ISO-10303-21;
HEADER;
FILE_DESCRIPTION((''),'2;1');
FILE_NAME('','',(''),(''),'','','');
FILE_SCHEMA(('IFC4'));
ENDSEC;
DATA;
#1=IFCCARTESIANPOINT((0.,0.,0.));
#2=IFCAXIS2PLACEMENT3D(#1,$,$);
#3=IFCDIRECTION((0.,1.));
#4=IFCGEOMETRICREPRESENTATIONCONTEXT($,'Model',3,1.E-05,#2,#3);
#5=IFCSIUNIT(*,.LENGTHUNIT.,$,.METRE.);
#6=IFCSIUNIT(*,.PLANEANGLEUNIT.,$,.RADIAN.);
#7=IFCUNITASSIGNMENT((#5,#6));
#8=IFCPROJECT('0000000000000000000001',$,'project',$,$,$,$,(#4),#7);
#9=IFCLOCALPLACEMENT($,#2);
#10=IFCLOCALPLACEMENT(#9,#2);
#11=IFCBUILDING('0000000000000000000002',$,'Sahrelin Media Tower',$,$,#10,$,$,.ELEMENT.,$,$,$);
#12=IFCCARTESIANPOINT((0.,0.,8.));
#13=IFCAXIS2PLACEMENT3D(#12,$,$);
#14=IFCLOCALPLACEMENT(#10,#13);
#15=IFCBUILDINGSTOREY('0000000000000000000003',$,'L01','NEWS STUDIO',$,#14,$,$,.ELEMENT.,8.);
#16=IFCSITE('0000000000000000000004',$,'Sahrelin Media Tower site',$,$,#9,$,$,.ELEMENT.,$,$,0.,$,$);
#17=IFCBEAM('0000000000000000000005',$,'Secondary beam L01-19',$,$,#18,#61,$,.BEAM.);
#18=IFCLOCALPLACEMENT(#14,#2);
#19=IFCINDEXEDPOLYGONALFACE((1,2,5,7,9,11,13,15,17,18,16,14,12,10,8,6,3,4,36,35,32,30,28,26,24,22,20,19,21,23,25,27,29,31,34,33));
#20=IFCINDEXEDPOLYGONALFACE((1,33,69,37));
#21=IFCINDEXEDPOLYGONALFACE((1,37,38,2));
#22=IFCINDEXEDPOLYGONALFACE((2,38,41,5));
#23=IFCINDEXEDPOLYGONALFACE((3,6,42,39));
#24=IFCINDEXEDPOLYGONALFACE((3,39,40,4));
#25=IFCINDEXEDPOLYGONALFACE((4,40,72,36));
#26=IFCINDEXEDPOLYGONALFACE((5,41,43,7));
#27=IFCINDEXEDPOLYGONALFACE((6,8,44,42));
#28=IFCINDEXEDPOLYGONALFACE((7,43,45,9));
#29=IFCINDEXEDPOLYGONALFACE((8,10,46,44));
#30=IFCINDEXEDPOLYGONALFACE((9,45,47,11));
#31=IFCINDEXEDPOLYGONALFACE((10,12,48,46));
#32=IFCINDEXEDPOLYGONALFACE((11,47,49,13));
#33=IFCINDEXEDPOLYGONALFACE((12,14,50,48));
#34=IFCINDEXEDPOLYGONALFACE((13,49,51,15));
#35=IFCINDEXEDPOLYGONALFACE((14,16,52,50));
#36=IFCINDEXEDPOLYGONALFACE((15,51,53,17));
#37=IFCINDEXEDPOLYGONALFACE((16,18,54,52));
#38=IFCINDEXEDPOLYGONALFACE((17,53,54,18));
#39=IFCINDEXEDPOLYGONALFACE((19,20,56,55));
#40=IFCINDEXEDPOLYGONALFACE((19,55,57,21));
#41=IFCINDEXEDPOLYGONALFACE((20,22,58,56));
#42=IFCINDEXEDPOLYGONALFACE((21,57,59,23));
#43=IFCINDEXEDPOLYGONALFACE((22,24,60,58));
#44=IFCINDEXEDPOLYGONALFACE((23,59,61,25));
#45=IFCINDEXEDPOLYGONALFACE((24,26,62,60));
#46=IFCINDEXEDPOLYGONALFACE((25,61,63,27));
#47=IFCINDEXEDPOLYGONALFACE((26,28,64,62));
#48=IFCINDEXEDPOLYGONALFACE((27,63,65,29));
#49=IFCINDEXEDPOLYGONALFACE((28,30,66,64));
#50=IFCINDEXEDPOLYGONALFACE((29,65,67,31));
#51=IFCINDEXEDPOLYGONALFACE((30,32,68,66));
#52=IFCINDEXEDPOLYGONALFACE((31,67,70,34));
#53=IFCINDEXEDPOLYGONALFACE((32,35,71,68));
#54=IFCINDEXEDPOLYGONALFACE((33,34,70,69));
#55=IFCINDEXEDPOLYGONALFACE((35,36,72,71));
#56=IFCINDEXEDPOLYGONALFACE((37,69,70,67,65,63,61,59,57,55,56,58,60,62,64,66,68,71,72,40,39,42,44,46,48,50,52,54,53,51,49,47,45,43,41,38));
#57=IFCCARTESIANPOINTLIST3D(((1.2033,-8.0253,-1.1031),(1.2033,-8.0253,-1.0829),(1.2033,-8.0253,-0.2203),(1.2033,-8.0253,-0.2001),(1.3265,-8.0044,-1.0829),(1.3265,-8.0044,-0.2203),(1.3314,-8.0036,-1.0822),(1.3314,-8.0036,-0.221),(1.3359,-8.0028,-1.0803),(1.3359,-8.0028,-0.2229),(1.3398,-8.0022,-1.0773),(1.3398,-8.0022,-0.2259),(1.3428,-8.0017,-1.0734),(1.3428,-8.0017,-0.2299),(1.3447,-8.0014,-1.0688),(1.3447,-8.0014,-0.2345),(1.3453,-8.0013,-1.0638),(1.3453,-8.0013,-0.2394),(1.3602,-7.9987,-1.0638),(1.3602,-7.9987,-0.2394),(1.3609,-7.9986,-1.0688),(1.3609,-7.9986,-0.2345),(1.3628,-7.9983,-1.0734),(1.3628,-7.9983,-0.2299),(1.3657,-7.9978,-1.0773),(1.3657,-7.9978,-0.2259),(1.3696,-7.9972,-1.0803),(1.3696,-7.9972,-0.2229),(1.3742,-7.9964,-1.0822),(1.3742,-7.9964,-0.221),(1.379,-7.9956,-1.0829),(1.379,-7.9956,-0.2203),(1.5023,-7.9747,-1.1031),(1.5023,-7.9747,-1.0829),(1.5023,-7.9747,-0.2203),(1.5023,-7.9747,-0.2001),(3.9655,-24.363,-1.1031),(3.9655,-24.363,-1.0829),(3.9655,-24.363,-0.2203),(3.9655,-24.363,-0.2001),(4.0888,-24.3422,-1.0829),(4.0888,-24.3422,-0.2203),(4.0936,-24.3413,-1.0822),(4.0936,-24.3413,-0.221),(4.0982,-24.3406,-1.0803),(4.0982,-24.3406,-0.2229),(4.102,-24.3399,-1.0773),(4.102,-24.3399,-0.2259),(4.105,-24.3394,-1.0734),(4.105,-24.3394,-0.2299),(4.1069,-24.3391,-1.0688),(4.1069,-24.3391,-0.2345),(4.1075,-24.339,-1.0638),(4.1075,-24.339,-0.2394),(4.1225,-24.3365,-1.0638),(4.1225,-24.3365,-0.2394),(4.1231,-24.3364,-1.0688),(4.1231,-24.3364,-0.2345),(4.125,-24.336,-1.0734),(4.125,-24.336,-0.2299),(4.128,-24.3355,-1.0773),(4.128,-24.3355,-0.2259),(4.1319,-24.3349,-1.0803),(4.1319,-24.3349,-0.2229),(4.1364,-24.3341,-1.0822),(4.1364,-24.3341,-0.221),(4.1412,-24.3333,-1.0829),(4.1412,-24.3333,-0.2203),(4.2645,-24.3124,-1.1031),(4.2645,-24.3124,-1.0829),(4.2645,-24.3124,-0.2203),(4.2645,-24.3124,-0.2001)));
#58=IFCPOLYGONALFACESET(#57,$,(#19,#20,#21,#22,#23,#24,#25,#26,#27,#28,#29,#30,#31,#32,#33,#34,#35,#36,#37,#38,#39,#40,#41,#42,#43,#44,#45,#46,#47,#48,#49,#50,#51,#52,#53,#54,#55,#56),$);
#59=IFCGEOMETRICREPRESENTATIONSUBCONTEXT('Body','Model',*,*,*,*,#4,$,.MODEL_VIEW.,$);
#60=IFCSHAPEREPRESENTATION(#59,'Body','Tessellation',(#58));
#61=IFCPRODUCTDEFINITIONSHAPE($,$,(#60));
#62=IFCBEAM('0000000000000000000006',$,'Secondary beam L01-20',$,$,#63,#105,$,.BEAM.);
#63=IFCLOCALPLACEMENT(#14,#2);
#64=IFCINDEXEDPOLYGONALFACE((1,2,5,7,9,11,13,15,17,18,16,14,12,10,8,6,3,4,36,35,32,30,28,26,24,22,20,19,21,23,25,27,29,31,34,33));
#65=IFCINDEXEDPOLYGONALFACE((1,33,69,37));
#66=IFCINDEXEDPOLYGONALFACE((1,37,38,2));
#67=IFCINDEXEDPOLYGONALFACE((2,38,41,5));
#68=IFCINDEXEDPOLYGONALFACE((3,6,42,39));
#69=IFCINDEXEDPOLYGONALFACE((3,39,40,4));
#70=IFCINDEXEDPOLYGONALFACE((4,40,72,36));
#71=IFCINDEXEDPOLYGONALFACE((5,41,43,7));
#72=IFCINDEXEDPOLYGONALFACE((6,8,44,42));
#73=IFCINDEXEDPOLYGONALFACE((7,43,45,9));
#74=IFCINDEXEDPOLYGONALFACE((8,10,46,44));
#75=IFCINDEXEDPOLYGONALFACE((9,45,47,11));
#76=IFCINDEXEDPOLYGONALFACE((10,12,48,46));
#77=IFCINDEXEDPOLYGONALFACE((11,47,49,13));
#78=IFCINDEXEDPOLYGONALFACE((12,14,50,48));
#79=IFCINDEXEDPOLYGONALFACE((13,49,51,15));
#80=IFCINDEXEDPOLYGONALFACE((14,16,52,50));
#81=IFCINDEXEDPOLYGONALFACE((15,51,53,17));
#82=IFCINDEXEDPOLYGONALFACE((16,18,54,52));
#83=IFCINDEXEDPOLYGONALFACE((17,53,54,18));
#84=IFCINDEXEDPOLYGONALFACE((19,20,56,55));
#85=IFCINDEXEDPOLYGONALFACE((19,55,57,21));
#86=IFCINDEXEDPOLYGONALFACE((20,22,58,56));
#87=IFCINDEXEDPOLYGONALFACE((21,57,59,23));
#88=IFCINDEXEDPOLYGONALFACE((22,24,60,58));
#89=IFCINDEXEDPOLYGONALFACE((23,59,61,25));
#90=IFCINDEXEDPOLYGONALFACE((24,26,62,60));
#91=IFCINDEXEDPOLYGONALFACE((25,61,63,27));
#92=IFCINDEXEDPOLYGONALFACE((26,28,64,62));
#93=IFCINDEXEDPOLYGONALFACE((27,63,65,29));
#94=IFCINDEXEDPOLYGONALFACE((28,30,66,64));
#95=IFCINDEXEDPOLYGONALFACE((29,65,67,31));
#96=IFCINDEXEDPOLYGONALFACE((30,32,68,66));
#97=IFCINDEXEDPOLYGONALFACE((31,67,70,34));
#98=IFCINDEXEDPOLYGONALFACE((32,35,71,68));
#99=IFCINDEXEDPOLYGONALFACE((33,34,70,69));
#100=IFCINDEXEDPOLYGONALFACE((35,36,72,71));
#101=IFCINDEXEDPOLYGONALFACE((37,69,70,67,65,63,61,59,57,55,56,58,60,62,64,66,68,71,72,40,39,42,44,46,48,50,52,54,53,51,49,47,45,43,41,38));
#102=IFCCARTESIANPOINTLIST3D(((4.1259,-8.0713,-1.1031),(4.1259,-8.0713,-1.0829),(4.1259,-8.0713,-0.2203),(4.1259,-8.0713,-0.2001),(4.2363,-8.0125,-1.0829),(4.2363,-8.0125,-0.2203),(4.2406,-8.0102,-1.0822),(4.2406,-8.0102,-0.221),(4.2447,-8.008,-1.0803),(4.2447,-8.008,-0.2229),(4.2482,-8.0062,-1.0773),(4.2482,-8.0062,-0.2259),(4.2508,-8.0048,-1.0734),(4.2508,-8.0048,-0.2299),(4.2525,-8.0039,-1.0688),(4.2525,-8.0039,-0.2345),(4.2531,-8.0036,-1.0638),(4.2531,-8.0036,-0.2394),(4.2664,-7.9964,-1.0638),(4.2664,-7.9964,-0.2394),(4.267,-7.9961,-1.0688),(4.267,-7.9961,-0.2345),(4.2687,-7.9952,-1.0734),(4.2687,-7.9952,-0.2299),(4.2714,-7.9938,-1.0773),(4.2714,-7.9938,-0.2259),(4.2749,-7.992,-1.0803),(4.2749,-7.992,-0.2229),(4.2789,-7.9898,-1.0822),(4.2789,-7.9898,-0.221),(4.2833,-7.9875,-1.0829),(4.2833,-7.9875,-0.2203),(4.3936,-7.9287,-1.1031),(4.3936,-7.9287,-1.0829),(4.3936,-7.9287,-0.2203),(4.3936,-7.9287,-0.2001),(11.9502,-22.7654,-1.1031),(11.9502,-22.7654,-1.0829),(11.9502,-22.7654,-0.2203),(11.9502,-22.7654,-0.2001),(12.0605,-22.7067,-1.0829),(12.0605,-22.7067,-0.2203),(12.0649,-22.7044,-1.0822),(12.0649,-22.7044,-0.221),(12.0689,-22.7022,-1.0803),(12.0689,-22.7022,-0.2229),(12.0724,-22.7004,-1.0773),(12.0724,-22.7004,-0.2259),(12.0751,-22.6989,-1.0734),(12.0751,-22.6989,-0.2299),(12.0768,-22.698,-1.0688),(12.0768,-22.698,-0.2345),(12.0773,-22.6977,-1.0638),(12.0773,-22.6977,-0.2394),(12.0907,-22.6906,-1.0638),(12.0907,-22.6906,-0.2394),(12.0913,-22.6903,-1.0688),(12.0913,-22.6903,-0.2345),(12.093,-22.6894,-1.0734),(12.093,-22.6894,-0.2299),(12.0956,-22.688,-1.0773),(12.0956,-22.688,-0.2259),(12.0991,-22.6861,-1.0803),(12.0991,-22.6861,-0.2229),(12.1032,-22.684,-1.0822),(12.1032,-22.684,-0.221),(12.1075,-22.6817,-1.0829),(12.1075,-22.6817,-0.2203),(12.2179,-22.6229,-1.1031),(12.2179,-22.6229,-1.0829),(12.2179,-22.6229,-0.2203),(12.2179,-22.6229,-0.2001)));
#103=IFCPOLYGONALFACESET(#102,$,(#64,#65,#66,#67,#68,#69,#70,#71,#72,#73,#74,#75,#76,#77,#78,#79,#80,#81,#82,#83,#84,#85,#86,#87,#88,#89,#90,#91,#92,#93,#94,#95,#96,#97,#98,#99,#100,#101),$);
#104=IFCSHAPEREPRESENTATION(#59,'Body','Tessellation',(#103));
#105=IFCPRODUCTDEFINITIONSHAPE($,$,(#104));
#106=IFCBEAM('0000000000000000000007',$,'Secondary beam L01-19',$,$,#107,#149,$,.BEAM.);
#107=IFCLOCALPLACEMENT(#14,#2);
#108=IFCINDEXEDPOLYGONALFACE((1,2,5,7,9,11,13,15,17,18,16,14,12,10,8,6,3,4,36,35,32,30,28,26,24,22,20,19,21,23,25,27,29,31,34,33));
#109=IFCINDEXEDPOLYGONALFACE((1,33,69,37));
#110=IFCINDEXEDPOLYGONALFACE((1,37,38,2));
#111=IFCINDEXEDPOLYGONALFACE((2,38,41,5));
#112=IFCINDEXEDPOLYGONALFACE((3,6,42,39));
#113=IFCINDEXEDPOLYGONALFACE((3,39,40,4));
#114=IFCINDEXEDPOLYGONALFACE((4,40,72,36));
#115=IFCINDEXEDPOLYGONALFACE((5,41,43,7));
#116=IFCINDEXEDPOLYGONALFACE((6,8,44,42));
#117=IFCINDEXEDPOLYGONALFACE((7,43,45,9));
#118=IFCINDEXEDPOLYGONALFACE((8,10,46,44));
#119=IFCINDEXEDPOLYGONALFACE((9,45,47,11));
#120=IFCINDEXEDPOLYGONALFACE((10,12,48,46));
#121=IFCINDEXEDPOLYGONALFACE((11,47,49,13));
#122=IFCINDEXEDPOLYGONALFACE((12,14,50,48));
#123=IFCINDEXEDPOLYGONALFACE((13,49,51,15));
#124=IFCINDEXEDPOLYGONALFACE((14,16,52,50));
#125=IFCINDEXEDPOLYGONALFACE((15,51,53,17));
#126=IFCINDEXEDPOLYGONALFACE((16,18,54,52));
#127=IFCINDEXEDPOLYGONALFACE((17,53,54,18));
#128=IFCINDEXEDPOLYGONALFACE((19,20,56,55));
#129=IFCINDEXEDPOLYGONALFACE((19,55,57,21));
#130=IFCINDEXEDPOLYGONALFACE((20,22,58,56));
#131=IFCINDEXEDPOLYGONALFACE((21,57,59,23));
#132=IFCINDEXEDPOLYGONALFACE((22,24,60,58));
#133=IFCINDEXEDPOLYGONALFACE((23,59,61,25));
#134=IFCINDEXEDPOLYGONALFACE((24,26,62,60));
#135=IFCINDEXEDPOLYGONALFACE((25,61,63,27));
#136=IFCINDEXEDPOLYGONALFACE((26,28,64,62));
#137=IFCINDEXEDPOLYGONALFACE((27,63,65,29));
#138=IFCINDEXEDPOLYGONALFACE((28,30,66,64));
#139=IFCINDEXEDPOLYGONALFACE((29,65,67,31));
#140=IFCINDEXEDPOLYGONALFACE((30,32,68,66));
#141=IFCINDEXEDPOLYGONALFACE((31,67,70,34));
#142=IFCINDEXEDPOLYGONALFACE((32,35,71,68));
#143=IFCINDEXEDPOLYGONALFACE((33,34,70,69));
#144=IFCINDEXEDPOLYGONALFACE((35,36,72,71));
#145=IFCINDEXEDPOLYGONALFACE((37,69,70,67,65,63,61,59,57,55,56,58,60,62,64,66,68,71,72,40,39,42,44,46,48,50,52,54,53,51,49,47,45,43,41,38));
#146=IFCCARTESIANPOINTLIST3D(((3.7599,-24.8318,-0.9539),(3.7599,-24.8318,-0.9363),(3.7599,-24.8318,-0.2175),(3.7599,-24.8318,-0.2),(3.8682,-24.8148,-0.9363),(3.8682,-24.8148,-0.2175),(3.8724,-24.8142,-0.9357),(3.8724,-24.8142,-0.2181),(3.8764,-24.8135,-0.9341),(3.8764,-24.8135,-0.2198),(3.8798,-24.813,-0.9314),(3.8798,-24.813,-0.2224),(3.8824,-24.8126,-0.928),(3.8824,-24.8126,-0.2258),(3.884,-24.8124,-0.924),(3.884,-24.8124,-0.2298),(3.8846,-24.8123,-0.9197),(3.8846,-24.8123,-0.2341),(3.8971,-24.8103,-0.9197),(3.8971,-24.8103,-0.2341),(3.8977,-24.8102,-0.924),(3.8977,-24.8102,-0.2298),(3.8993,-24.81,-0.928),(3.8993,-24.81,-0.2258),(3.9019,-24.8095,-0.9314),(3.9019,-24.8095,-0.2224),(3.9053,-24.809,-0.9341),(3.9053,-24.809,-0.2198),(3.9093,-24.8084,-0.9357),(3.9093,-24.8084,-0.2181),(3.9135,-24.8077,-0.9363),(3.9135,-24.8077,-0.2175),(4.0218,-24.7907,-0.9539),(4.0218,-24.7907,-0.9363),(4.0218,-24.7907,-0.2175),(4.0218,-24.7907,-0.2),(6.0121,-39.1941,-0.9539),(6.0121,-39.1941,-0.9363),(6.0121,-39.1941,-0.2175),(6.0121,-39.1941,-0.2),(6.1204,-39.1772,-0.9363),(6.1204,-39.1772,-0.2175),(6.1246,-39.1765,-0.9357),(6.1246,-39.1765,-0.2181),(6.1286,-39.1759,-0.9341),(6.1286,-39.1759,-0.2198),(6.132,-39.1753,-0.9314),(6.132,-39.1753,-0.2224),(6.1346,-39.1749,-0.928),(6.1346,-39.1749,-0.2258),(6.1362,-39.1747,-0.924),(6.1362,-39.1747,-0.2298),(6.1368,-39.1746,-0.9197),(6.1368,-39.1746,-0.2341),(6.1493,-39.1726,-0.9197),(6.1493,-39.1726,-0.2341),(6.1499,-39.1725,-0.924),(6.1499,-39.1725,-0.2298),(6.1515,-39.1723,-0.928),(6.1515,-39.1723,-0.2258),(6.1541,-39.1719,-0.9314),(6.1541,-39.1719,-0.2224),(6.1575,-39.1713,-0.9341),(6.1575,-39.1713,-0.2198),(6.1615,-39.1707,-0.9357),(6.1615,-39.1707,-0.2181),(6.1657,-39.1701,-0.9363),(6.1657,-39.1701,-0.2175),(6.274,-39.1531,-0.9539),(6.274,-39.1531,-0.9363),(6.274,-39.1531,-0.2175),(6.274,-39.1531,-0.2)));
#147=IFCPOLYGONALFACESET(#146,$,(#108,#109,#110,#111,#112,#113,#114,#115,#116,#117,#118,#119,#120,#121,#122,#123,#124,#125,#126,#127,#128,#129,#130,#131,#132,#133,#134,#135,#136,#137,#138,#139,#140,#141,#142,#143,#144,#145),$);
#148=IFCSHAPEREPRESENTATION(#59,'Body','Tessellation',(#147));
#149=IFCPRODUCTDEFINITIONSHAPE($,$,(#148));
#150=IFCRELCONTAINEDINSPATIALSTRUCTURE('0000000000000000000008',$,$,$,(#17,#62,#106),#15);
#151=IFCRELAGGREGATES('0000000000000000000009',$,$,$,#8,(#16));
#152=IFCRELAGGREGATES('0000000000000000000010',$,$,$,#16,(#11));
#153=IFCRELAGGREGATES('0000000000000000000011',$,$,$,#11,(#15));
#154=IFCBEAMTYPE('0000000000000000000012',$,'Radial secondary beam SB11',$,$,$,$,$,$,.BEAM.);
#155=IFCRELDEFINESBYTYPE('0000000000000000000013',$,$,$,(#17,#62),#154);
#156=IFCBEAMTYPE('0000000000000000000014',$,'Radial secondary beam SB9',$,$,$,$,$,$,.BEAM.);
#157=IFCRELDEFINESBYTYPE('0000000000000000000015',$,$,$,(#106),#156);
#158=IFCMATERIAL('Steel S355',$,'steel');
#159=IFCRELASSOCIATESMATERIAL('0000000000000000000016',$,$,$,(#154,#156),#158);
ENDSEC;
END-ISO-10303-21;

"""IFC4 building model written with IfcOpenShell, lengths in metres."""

from ifc_helpers import new_model, si_unit, direction, frame, origin, origin_2d, place, context, subcontext, project, spatial, i_section, extrude, material, material_profile, profile_set, type_object, element, save


model = new_model("IFC4")

# Units and contexts
model_context = context("Model", 3, precision=1e-05, world=origin(), true_north=direction((0.0, 1.0)))
body_context = subcontext(model_context, "Body", "Model", "MODEL_VIEW")
ifc_project = project(units=[si_unit("LENGTHUNIT", "METRE"), si_unit("PLANEANGLEUNIT", "RADIAN")], contexts=[model_context])

# Site, building, storey
site_placement = place(None, origin())
site = spatial("IfcSite", under=ifc_project, at=site_placement, Name="Sahrelin Media Tower site", CompositionType="ELEMENT", RefElevation=0.0)
building_placement = place(site_placement, origin())
building = spatial("IfcBuilding", under=site, at=building_placement, Name="Sahrelin Media Tower", CompositionType="ELEMENT")
storey_placement = place(building_placement, frame((0.0, 0.0, 8.0)))
storey = spatial("IfcBuildingStorey", under=building, at=storey_placement, Name="L01", Description="NEWS STUDIO", CompositionType="ELEMENT", Elevation=8.0)

# Beams
ifc_material_1 = material(Name="Steel S355", Category="steel")
ifc_material_profile_1 = material_profile(ifc_material_1, i_section(OverallWidth=0.3032, OverallDepth=0.9031, WebThickness=0.0151, FlangeThickness=0.0203, FilletRadius=0.019, at=origin_2d()), Name="UB 914x305x201")
ifc_profile_set_1 = profile_set([ifc_material_profile_1], Name="Steel S355")
beam_type_1 = type_object("IfcBeamType", Name="Radial secondary beam SB11", PredefinedType="BEAM", material=ifc_profile_set_1)
beam_1_placement = place(storey_placement, frame((1.3528, -8.0, -0.6516), z_axis=(0.166704, -0.986007, 0.0), x_axis=(0.986007, 0.166704, 0.0)))
element("IfcBeam", 1, at=beam_1_placement, inside=storey, type_object=beam_type_1, Name="Secondary beam L01-19", PredefinedType="BEAM", context=body_context, shape_type="SweptSolid", body=[
    extrude(i_section(OverallWidth=0.3032, OverallDepth=0.9031, WebThickness=0.0151, FlangeThickness=0.0203, FilletRadius=0.019, at=origin_2d()), origin(), (0.0, 0.0, 1.0), 16.5696),
])
beam_2_placement = place(storey_placement, frame((4.2598, -8.0, -0.6516), z_axis=(0.469997, -0.882668, 0.0), x_axis=(0.882668, 0.469997, 0.0)))
element("IfcBeam", 2, at=beam_2_placement, inside=storey, type_object=beam_type_1, Name="Secondary beam L01-20", PredefinedType="BEAM", context=body_context, shape_type="SweptSolid", body=[
    extrude(i_section(OverallWidth=0.3032, OverallDepth=0.9031, WebThickness=0.0151, FlangeThickness=0.0203, FilletRadius=0.019, at=origin_2d()), origin(), (0.0, 0.0, 1.0), 16.6475),
])
ifc_material_profile_2 = material_profile(ifc_material_1, i_section(OverallWidth=0.2651, OverallDepth=0.7539, WebThickness=0.0127, FlangeThickness=0.0176, FilletRadius=0.0166, at=origin_2d()), Name="UB 762x267x147")
ifc_profile_set_2 = profile_set([ifc_material_profile_2], Name="Steel S355")
beam_type_2 = type_object("IfcBeamType", Name="Radial secondary beam SB9", PredefinedType="BEAM", material=ifc_profile_set_2)
beam_3_placement = place(storey_placement, frame((3.8909, -24.8113, -0.5769), z_axis=(0.15492, -0.987927, 0.0), x_axis=(0.987927, 0.15492, 0.0)))
element("IfcBeam", 3, at=beam_3_placement, inside=storey, type_object=beam_type_2, Name="Secondary beam L01-19", PredefinedType="BEAM", context=body_context, shape_type="SweptSolid", body=[
    extrude(i_section(OverallWidth=0.2651, OverallDepth=0.7539, WebThickness=0.0127, FlangeThickness=0.0176, FilletRadius=0.0166, at=origin_2d()), origin(), (0.0, 0.0, 1.0), 14.5378),
])

save(model, "model.ifc")
